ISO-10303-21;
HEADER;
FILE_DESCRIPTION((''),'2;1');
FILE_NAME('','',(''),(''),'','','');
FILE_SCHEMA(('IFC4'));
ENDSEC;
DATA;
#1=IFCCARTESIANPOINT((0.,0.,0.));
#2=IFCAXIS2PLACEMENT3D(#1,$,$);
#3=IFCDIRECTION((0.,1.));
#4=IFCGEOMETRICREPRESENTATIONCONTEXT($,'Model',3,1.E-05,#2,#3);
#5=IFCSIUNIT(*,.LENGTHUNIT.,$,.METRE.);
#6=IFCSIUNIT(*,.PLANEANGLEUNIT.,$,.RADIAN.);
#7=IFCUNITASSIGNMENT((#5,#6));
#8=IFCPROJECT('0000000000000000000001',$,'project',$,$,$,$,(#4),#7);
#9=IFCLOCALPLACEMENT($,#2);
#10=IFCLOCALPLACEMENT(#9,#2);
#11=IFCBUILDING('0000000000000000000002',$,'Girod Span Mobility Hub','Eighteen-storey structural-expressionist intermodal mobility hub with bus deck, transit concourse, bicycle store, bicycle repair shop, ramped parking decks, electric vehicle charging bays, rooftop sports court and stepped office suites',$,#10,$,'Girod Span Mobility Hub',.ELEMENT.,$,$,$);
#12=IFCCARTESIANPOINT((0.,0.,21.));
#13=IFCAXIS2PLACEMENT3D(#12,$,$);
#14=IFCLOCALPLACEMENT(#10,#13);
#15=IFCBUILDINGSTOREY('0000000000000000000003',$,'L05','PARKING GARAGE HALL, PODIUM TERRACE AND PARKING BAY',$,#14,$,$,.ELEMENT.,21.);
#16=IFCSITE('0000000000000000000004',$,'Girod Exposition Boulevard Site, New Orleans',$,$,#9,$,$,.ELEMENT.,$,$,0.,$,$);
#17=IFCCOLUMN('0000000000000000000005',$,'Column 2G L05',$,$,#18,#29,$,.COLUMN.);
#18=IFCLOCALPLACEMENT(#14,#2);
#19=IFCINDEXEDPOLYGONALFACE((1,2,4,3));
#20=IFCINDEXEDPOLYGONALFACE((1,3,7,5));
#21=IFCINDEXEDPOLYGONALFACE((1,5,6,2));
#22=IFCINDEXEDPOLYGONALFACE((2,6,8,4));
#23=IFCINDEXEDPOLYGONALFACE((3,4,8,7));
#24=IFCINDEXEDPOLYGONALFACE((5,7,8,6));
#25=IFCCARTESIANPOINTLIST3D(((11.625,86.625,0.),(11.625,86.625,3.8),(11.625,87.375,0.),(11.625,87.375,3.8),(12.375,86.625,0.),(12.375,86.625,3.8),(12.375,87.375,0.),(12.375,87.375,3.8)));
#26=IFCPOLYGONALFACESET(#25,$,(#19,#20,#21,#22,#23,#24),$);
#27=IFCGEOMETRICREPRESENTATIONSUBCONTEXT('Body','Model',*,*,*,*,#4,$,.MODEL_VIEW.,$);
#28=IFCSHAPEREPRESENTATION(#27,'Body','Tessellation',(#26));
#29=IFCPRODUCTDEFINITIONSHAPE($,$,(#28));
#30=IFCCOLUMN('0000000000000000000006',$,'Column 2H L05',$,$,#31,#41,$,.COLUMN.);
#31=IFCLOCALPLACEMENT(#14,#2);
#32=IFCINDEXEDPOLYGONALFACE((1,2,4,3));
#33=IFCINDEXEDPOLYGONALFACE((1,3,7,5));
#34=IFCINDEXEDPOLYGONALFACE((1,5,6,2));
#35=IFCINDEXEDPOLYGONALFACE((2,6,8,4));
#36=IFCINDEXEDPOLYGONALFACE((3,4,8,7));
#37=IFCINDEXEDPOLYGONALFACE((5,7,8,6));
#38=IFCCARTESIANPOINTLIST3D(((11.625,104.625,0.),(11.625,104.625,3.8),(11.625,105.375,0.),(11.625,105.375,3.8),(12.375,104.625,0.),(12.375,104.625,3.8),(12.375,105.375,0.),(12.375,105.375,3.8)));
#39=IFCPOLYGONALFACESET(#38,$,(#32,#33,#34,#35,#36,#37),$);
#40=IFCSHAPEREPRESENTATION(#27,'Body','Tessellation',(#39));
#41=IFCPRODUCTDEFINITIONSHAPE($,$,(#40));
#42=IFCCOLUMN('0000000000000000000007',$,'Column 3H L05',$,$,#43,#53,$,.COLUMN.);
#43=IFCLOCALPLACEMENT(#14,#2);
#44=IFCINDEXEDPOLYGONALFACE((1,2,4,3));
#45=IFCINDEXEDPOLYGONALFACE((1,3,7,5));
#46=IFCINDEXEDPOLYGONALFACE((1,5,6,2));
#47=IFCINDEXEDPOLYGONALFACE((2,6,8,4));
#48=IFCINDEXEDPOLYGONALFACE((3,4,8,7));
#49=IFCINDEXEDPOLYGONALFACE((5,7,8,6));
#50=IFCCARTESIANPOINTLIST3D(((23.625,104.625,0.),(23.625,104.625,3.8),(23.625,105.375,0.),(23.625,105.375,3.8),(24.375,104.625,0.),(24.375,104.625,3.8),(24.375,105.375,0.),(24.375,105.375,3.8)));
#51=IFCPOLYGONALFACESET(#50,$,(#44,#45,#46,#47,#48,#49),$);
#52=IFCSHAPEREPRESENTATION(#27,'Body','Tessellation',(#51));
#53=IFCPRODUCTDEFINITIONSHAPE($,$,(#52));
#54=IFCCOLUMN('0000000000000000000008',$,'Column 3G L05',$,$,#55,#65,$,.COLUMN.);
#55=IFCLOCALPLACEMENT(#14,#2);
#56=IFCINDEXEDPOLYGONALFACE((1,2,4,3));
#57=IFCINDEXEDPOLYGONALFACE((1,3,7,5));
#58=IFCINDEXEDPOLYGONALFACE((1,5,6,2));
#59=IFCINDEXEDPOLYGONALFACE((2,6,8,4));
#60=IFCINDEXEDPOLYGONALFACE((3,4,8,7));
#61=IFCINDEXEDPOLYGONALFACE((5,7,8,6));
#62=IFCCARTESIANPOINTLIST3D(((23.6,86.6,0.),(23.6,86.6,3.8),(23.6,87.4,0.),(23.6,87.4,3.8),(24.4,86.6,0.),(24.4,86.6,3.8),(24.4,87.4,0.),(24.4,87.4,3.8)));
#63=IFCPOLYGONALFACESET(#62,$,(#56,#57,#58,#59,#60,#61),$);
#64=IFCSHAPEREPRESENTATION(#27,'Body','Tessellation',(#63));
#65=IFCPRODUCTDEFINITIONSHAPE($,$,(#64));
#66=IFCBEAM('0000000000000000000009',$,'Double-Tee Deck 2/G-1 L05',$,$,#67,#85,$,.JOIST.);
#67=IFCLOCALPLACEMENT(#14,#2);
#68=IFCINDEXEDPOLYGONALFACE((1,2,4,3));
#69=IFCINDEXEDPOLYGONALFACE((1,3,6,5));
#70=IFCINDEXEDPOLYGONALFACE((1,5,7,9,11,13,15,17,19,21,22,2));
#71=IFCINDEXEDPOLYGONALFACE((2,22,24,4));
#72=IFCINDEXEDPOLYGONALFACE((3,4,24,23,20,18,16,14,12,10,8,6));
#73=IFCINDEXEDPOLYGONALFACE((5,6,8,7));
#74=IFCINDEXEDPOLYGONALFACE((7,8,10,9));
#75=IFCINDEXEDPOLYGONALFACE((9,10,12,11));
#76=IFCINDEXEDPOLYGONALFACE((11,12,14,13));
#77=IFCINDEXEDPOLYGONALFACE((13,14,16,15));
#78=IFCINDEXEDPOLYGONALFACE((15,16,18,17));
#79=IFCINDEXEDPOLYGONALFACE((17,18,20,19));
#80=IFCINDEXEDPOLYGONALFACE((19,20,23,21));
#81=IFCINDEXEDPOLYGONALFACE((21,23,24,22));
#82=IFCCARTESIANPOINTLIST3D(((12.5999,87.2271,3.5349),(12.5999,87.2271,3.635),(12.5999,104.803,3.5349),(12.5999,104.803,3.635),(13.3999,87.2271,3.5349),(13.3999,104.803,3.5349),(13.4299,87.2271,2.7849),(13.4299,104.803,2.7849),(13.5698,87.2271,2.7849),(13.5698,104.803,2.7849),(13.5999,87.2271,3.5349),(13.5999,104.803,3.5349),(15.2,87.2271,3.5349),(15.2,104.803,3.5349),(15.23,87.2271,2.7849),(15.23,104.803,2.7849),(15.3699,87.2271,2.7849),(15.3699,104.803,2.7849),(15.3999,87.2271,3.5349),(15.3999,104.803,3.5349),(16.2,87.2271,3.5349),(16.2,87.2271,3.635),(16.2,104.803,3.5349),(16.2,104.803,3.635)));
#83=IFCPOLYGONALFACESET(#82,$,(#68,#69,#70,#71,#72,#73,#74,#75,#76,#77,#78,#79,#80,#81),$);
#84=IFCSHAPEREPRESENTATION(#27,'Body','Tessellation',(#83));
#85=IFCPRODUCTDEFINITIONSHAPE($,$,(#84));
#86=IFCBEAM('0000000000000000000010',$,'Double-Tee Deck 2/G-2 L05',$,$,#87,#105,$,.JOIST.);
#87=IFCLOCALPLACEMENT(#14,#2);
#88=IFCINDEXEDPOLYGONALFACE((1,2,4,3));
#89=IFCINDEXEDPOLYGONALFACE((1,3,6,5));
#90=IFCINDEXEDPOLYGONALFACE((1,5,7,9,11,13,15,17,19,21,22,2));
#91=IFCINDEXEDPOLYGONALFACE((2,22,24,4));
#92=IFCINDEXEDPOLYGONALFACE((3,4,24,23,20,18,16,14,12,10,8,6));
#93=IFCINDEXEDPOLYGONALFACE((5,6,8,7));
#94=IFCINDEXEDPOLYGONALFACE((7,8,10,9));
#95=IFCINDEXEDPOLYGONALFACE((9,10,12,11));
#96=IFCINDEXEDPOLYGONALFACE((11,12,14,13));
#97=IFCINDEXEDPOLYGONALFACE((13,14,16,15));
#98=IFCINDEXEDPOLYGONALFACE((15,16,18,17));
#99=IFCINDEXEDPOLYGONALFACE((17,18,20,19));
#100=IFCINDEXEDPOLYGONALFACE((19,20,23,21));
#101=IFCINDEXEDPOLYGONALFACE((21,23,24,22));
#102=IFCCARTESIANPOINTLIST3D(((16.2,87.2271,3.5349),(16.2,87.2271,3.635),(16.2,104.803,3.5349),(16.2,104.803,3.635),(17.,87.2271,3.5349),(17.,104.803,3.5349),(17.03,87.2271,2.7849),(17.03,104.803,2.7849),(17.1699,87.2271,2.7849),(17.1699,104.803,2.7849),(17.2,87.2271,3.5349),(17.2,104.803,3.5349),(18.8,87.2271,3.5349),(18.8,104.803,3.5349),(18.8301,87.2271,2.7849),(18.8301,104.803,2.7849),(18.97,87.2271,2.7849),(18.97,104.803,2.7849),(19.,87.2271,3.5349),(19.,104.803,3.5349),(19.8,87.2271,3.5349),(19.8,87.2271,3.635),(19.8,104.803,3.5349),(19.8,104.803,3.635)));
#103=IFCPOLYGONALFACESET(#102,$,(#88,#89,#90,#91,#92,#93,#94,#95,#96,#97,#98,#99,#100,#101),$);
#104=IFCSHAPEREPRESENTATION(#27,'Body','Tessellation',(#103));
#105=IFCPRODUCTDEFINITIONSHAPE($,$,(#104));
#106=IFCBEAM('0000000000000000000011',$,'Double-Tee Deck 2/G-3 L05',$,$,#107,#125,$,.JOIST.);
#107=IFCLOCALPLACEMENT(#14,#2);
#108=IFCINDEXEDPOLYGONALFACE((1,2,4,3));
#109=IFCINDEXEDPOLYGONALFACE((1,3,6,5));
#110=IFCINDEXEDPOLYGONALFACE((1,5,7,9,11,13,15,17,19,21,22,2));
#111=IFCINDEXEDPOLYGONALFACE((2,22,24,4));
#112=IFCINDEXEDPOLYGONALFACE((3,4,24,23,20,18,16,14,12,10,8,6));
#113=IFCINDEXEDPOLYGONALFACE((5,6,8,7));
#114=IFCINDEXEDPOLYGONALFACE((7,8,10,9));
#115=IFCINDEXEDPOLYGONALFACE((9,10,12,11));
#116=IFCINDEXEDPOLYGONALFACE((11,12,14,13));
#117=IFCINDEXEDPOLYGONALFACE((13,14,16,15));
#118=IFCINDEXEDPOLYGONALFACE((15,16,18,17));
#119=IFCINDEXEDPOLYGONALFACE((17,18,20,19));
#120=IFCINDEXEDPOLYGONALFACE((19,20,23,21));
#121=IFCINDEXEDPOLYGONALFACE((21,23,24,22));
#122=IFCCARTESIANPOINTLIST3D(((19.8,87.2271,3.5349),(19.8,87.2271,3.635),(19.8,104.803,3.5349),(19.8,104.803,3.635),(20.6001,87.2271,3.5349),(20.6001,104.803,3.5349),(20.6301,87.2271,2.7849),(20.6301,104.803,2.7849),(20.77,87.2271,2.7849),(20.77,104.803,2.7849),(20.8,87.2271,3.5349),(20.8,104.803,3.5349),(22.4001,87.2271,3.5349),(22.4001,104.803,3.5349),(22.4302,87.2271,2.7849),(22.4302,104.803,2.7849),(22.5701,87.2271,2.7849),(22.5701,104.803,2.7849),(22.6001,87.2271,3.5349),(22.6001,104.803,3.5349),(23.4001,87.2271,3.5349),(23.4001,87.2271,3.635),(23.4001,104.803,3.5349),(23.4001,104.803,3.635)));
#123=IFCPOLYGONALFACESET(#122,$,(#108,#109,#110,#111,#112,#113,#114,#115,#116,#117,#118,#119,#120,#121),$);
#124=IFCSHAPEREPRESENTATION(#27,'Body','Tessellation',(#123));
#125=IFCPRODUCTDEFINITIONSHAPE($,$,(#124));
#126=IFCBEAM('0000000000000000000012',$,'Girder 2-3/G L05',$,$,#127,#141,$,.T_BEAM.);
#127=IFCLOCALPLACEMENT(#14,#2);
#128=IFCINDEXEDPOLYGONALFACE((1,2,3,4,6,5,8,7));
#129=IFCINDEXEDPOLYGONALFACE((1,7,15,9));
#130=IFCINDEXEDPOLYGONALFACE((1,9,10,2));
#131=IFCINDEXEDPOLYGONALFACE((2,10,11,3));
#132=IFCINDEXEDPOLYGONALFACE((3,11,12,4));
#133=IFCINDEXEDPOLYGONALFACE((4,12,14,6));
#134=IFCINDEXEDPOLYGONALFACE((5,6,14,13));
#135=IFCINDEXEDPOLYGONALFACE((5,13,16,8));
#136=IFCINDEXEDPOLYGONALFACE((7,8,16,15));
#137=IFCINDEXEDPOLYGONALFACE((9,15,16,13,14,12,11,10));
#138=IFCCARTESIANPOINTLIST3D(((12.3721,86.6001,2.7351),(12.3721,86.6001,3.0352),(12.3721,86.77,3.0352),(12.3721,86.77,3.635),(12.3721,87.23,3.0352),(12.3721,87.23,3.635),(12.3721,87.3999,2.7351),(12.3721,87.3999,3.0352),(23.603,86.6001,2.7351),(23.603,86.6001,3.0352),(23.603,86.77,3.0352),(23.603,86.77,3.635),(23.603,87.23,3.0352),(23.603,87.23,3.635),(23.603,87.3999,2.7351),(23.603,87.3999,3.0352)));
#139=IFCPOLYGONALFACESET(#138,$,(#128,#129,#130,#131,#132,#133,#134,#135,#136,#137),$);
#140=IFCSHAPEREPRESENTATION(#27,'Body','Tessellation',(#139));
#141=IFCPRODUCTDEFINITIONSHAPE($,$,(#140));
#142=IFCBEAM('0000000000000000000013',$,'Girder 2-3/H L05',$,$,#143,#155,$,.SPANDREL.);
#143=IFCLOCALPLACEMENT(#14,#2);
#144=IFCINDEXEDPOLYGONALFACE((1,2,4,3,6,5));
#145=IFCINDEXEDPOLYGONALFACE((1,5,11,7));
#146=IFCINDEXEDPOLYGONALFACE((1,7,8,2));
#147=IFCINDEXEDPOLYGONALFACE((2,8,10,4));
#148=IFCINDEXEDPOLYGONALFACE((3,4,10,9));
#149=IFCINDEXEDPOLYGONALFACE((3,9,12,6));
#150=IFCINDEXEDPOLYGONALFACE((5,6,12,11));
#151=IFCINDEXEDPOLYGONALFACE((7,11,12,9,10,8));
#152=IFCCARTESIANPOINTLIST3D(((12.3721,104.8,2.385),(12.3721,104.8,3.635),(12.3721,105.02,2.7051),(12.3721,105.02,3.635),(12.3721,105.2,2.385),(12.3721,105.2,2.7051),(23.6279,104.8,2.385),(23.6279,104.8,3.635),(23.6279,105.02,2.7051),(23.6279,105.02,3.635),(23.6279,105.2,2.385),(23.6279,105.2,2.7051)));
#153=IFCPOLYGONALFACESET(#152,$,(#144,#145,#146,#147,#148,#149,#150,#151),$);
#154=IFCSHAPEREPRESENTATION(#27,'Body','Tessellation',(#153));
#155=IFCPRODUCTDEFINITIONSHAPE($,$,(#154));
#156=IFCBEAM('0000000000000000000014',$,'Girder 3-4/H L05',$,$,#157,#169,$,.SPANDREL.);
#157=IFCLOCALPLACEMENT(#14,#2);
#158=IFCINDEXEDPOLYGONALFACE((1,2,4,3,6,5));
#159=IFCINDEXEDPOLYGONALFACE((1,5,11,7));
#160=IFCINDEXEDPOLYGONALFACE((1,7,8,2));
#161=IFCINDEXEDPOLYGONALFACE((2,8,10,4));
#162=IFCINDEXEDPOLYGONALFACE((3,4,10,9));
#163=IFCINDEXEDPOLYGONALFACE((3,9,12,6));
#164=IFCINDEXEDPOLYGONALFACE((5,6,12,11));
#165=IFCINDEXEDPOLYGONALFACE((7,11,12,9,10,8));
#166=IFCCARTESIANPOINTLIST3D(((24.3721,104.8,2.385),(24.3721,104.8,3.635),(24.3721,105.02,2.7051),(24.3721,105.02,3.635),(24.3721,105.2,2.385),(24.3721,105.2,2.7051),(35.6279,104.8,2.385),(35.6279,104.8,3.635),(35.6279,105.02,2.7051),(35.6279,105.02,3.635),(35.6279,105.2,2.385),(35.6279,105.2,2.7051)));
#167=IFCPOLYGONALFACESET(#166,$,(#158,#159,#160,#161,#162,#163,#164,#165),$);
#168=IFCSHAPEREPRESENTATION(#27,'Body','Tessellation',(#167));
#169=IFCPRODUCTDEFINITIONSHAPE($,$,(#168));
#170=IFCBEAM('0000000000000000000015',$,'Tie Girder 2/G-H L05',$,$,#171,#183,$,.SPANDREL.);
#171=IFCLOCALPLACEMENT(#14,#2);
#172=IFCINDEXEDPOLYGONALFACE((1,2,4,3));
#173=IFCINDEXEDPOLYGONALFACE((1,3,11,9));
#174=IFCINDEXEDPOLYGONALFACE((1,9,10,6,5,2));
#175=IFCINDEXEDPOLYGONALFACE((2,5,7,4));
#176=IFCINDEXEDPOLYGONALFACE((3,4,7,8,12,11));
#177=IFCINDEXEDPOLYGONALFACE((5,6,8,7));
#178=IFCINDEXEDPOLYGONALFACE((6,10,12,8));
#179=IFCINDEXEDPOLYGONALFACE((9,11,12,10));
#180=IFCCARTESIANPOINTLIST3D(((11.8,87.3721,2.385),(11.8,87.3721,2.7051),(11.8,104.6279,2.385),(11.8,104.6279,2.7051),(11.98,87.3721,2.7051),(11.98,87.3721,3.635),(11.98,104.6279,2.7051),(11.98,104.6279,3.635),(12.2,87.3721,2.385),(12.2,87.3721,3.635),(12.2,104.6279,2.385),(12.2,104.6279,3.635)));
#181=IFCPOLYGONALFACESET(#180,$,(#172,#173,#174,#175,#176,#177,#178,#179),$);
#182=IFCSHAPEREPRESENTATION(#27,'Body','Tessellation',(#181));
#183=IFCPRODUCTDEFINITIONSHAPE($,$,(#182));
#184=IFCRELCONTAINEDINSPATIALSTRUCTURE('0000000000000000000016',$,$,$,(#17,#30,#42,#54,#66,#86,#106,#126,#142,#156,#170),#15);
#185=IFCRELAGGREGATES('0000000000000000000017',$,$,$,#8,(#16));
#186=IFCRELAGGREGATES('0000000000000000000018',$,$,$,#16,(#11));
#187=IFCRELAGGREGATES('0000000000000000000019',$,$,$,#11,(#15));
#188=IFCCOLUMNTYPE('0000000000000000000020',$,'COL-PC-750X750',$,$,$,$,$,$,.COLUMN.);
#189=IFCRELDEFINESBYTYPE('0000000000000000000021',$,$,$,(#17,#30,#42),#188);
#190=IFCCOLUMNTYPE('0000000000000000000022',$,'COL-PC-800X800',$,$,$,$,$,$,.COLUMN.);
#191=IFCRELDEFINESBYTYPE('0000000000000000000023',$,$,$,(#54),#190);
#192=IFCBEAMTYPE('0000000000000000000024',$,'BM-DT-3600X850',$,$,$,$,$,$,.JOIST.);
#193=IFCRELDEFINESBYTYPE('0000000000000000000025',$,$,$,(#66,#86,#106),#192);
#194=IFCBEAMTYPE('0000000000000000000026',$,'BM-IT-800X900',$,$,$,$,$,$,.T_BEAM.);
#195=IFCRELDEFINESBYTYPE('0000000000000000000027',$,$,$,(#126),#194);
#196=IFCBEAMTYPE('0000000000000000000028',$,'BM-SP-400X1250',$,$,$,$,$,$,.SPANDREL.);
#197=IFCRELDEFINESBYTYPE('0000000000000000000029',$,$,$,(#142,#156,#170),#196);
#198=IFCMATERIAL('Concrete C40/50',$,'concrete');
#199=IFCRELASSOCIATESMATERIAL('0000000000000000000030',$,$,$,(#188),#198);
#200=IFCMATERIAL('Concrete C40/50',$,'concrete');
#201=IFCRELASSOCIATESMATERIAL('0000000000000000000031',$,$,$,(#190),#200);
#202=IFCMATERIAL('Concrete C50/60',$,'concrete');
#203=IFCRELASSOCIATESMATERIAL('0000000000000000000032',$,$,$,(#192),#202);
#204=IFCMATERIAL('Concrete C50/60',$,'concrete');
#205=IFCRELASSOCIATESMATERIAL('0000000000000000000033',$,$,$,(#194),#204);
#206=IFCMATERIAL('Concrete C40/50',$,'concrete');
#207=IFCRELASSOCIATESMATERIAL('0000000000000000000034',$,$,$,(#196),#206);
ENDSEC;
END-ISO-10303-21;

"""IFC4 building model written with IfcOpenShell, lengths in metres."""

from ifc_helpers import new_model, si_unit, direction, frame, origin, origin_2d, place, context, subcontext, project, spatial, polyline, rectangle, outline, extrude, material, material_profile, profile_set, type_object, element, save


model = new_model("IFC4")

# Units and contexts
model_context = context("Model", 3, precision=1e-05, world=origin(), true_north=direction((0.0, 1.0)))
body_context = subcontext(model_context, "Body", "Model", "MODEL_VIEW")
ifc_project = project(units=[si_unit("LENGTHUNIT", "METRE"), si_unit("PLANEANGLEUNIT", "RADIAN")], contexts=[model_context])

# Site, building, storey
site_placement = place(None, origin())
site = spatial("IfcSite", under=ifc_project, at=site_placement, Name="Girod Exposition Boulevard Site, New Orleans", CompositionType="ELEMENT", RefElevation=0.0)
building_placement = place(site_placement, origin())
building = spatial("IfcBuilding", under=site, at=building_placement, Name="Girod Span Mobility Hub", Description="Eighteen-storey structural-expressionist intermodal mobility hub with bus deck, transit concourse, bicycle store, bicycle repair shop, ramped parking decks, electric vehicle charging bays, rooftop sports court and stepped office suites", LongName="Girod Span Mobility Hub", CompositionType="ELEMENT")
storey_placement = place(building_placement, frame((0.0, 0.0, 21.0)))
storey = spatial("IfcBuildingStorey", under=building, at=storey_placement, Name="L05", Description="PARKING GARAGE HALL, PODIUM TERRACE AND PARKING BAY", CompositionType="ELEMENT", Elevation=21.0)

# Columns
ifc_material_1 = material(Name="Concrete C40/50", Category="concrete")
ifc_material_profile_1 = material_profile(ifc_material_1, rectangle(XDim=0.75, YDim=0.75, at=origin_2d()), Name="PC-COL-750X750")
ifc_profile_set_1 = profile_set([ifc_material_profile_1], Name="Concrete C40/50")
column_type_1 = type_object("IfcColumnType", Name="COL-PC-750X750", PredefinedType="COLUMN", material=ifc_profile_set_1)
for number, where, z_axis, x_axis, name in (
    (1, (12.0, 87.0, 0.0), (0.0, 0.0, 1.0), (1.0, 0.0, 0.0), "Column 2G L05"),
    (2, (12.0, 105.0, 0.0), (0.0, 0.0, 1.0), (1.0, 0.0, 0.0), "Column 2H L05"),
    (3, (24.0, 105.0, 0.0), (0.0, 0.0, 1.0), (1.0, 0.0, 0.0), "Column 3H L05"),
):
    element("IfcColumn", number, at=place(storey_placement, frame(where, z_axis=z_axis, x_axis=x_axis)), inside=storey, type_object=column_type_1, Name=name, PredefinedType="COLUMN", context=body_context, shape_type="SweptSolid", body=[
        extrude(rectangle(XDim=0.75, YDim=0.75, at=origin_2d()), origin(), (0.0, 0.0, 1.0), 3.8),
    ])
ifc_material_2 = material(Name="Concrete C40/50", Category="concrete")
ifc_material_profile_2 = material_profile(ifc_material_2, rectangle(XDim=0.8, YDim=0.8, at=origin_2d()), Name="PC-COL-800X800")
ifc_profile_set_2 = profile_set([ifc_material_profile_2], Name="Concrete C40/50")
column_type_2 = type_object("IfcColumnType", Name="COL-PC-800X800", PredefinedType="COLUMN", material=ifc_profile_set_2)
column_placement = place(storey_placement, frame((24.0, 87.0, 0.0), z_axis=(0.0, 0.0, 1.0), x_axis=(1.0, 0.0, 0.0)))
element("IfcColumn", 4, at=column_placement, inside=storey, type_object=column_type_2, Name="Column 3G L05", PredefinedType="COLUMN", context=body_context, shape_type="SweptSolid", body=[
    extrude(rectangle(XDim=0.8, YDim=0.8, at=origin_2d()), origin(), (0.0, 0.0, 1.0), 3.8),
])

# Beams
ifc_material_3 = material(Name="Concrete C50/60", Category="concrete")
ifc_material_profile_3 = material_profile(ifc_material_3, outline(polyline([(-1.8, 0.425), (-1.8, 0.325), (-1.0, 0.325), (-0.97, -0.425), (-0.8301, -0.425), (-0.8, 0.325), (0.8, 0.325), (0.8301, -0.425), (0.97, -0.425), (1.0, 0.325), (1.8, 0.325), (1.8, 0.425), (-1.8, 0.425)])), Name="DT-3600X850")
ifc_profile_set_3 = profile_set([ifc_material_profile_3], Name="Concrete C50/60")
beam_type_1 = type_object("IfcBeamType", Name="BM-DT-3600X850", PredefinedType="JOIST", material=ifc_profile_set_3)
for number, where, z_axis, x_axis, name in (
    (5, (14.3999, 87.2271, 3.21), (0.0, 1.0, 0.0), (-1.0, 0.0, 0.0), "Double-Tee Deck 2/G-1 L05"),
    (6, (18.0, 87.2271, 3.21), (0.0, 1.0, 0.0), (-1.0, 0.0, 0.0), "Double-Tee Deck 2/G-2 L05"),
    (7, (21.6001, 87.2271, 3.21), (0.0, 1.0, 0.0), (-1.0, 0.0, 0.0), "Double-Tee Deck 2/G-3 L05"),
):
    element("IfcBeam", number, at=place(storey_placement, frame(where, z_axis=z_axis, x_axis=x_axis)), inside=storey, type_object=beam_type_1, Name=name, PredefinedType="JOIST", context=body_context, shape_type="SweptSolid", body=[
        extrude(outline(polyline([(-1.8, 0.425), (-1.8, 0.325), (-1.0, 0.325), (-0.97, -0.425), (-0.8301, -0.425), (-0.8, 0.325), (0.8, 0.325), (0.8301, -0.425), (0.97, -0.425), (1.0, 0.325), (1.8, 0.325), (1.8, 0.425), (-1.8, 0.425)])), origin(), (0.0, 0.0, 1.0), 17.5759),
    ])
ifc_material_4 = material(Name="Concrete C50/60", Category="concrete")
ifc_material_profile_4 = material_profile(ifc_material_4, outline(polyline([(-0.3999, -0.45), (0.3999, -0.45), (0.3999, -0.1499), (0.23, -0.1499), (0.23, 0.45), (-0.23, 0.45), (-0.23, -0.1499), (-0.3999, -0.1499), (-0.3999, -0.45)])), Name="IT-800X900")
ifc_profile_set_4 = profile_set([ifc_material_profile_4], Name="Concrete C50/60")
beam_type_2 = type_object("IfcBeamType", Name="BM-IT-800X900", PredefinedType="T_BEAM", material=ifc_profile_set_4)
beam_1_placement = place(storey_placement, frame((12.3721, 87.0, 3.1851), z_axis=(1.0, 0.0, 0.0), x_axis=(0.0, 1.0, 0.0)))
element("IfcBeam", 8, at=beam_1_placement, inside=storey, type_object=beam_type_2, Name="Girder 2-3/G L05", PredefinedType="T_BEAM", context=body_context, shape_type="SweptSolid", body=[
    extrude(outline(polyline([(-0.3999, -0.45), (0.3999, -0.45), (0.3999, -0.1499), (0.23, -0.1499), (0.23, 0.45), (-0.23, 0.45), (-0.23, -0.1499), (-0.3999, -0.1499), (-0.3999, -0.45)])), origin(), (0.0, 0.0, 1.0), 11.231),
])
ifc_material_5 = material(Name="Concrete C40/50", Category="concrete")
ifc_material_profile_5 = material_profile(ifc_material_5, outline(polyline([(-0.2, -0.625), (0.2, -0.625), (0.2, -0.3049), (0.02, -0.3049), (0.02, 0.625), (-0.2, 0.625), (-0.2, -0.625)])), Name="SP-400X1250")
ifc_profile_set_5 = profile_set([ifc_material_profile_5], Name="Concrete C40/50")
beam_type_3 = type_object("IfcBeamType", Name="BM-SP-400X1250", PredefinedType="SPANDREL", material=ifc_profile_set_5)
for number, where, z_axis, x_axis, name in (
    (9, (12.3721, 105.0, 3.01), (1.0, 0.0, 0.0), (0.0, 1.0, 0.0), "Girder 2-3/H L05"),
    (10, (24.3721, 105.0, 3.01), (1.0, 0.0, 0.0), (0.0, 1.0, 0.0), "Girder 3-4/H L05"),
):
    element("IfcBeam", number, at=place(storey_placement, frame(where, z_axis=z_axis, x_axis=x_axis)), inside=storey, type_object=beam_type_3, Name=name, PredefinedType="SPANDREL", context=body_context, shape_type="SweptSolid", body=[
        extrude(outline(polyline([(-0.2, -0.625), (0.2, -0.625), (0.2, -0.3049), (0.02, -0.3049), (0.02, 0.625), (-0.2, 0.625), (-0.2, -0.625)])), origin(), (0.0, 0.0, 1.0), 11.2559),
    ])
beam_2_placement = place(storey_placement, frame((12.0, 87.3721, 3.01), z_axis=(0.0, 1.0, 0.0), x_axis=(-1.0, 0.0, 0.0)))
element("IfcBeam", 11, at=beam_2_placement, inside=storey, type_object=beam_type_3, Name="Tie Girder 2/G-H L05", PredefinedType="SPANDREL", context=body_context, shape_type="SweptSolid", body=[
    extrude(outline(polyline([(-0.2, -0.625), (0.2, -0.625), (0.2, -0.3049), (0.02, -0.3049), (0.02, 0.625), (-0.2, 0.625), (-0.2, -0.625)])), origin(), (0.0, 0.0, 1.0), 17.2559),
])

save(model, "model.ifc")
